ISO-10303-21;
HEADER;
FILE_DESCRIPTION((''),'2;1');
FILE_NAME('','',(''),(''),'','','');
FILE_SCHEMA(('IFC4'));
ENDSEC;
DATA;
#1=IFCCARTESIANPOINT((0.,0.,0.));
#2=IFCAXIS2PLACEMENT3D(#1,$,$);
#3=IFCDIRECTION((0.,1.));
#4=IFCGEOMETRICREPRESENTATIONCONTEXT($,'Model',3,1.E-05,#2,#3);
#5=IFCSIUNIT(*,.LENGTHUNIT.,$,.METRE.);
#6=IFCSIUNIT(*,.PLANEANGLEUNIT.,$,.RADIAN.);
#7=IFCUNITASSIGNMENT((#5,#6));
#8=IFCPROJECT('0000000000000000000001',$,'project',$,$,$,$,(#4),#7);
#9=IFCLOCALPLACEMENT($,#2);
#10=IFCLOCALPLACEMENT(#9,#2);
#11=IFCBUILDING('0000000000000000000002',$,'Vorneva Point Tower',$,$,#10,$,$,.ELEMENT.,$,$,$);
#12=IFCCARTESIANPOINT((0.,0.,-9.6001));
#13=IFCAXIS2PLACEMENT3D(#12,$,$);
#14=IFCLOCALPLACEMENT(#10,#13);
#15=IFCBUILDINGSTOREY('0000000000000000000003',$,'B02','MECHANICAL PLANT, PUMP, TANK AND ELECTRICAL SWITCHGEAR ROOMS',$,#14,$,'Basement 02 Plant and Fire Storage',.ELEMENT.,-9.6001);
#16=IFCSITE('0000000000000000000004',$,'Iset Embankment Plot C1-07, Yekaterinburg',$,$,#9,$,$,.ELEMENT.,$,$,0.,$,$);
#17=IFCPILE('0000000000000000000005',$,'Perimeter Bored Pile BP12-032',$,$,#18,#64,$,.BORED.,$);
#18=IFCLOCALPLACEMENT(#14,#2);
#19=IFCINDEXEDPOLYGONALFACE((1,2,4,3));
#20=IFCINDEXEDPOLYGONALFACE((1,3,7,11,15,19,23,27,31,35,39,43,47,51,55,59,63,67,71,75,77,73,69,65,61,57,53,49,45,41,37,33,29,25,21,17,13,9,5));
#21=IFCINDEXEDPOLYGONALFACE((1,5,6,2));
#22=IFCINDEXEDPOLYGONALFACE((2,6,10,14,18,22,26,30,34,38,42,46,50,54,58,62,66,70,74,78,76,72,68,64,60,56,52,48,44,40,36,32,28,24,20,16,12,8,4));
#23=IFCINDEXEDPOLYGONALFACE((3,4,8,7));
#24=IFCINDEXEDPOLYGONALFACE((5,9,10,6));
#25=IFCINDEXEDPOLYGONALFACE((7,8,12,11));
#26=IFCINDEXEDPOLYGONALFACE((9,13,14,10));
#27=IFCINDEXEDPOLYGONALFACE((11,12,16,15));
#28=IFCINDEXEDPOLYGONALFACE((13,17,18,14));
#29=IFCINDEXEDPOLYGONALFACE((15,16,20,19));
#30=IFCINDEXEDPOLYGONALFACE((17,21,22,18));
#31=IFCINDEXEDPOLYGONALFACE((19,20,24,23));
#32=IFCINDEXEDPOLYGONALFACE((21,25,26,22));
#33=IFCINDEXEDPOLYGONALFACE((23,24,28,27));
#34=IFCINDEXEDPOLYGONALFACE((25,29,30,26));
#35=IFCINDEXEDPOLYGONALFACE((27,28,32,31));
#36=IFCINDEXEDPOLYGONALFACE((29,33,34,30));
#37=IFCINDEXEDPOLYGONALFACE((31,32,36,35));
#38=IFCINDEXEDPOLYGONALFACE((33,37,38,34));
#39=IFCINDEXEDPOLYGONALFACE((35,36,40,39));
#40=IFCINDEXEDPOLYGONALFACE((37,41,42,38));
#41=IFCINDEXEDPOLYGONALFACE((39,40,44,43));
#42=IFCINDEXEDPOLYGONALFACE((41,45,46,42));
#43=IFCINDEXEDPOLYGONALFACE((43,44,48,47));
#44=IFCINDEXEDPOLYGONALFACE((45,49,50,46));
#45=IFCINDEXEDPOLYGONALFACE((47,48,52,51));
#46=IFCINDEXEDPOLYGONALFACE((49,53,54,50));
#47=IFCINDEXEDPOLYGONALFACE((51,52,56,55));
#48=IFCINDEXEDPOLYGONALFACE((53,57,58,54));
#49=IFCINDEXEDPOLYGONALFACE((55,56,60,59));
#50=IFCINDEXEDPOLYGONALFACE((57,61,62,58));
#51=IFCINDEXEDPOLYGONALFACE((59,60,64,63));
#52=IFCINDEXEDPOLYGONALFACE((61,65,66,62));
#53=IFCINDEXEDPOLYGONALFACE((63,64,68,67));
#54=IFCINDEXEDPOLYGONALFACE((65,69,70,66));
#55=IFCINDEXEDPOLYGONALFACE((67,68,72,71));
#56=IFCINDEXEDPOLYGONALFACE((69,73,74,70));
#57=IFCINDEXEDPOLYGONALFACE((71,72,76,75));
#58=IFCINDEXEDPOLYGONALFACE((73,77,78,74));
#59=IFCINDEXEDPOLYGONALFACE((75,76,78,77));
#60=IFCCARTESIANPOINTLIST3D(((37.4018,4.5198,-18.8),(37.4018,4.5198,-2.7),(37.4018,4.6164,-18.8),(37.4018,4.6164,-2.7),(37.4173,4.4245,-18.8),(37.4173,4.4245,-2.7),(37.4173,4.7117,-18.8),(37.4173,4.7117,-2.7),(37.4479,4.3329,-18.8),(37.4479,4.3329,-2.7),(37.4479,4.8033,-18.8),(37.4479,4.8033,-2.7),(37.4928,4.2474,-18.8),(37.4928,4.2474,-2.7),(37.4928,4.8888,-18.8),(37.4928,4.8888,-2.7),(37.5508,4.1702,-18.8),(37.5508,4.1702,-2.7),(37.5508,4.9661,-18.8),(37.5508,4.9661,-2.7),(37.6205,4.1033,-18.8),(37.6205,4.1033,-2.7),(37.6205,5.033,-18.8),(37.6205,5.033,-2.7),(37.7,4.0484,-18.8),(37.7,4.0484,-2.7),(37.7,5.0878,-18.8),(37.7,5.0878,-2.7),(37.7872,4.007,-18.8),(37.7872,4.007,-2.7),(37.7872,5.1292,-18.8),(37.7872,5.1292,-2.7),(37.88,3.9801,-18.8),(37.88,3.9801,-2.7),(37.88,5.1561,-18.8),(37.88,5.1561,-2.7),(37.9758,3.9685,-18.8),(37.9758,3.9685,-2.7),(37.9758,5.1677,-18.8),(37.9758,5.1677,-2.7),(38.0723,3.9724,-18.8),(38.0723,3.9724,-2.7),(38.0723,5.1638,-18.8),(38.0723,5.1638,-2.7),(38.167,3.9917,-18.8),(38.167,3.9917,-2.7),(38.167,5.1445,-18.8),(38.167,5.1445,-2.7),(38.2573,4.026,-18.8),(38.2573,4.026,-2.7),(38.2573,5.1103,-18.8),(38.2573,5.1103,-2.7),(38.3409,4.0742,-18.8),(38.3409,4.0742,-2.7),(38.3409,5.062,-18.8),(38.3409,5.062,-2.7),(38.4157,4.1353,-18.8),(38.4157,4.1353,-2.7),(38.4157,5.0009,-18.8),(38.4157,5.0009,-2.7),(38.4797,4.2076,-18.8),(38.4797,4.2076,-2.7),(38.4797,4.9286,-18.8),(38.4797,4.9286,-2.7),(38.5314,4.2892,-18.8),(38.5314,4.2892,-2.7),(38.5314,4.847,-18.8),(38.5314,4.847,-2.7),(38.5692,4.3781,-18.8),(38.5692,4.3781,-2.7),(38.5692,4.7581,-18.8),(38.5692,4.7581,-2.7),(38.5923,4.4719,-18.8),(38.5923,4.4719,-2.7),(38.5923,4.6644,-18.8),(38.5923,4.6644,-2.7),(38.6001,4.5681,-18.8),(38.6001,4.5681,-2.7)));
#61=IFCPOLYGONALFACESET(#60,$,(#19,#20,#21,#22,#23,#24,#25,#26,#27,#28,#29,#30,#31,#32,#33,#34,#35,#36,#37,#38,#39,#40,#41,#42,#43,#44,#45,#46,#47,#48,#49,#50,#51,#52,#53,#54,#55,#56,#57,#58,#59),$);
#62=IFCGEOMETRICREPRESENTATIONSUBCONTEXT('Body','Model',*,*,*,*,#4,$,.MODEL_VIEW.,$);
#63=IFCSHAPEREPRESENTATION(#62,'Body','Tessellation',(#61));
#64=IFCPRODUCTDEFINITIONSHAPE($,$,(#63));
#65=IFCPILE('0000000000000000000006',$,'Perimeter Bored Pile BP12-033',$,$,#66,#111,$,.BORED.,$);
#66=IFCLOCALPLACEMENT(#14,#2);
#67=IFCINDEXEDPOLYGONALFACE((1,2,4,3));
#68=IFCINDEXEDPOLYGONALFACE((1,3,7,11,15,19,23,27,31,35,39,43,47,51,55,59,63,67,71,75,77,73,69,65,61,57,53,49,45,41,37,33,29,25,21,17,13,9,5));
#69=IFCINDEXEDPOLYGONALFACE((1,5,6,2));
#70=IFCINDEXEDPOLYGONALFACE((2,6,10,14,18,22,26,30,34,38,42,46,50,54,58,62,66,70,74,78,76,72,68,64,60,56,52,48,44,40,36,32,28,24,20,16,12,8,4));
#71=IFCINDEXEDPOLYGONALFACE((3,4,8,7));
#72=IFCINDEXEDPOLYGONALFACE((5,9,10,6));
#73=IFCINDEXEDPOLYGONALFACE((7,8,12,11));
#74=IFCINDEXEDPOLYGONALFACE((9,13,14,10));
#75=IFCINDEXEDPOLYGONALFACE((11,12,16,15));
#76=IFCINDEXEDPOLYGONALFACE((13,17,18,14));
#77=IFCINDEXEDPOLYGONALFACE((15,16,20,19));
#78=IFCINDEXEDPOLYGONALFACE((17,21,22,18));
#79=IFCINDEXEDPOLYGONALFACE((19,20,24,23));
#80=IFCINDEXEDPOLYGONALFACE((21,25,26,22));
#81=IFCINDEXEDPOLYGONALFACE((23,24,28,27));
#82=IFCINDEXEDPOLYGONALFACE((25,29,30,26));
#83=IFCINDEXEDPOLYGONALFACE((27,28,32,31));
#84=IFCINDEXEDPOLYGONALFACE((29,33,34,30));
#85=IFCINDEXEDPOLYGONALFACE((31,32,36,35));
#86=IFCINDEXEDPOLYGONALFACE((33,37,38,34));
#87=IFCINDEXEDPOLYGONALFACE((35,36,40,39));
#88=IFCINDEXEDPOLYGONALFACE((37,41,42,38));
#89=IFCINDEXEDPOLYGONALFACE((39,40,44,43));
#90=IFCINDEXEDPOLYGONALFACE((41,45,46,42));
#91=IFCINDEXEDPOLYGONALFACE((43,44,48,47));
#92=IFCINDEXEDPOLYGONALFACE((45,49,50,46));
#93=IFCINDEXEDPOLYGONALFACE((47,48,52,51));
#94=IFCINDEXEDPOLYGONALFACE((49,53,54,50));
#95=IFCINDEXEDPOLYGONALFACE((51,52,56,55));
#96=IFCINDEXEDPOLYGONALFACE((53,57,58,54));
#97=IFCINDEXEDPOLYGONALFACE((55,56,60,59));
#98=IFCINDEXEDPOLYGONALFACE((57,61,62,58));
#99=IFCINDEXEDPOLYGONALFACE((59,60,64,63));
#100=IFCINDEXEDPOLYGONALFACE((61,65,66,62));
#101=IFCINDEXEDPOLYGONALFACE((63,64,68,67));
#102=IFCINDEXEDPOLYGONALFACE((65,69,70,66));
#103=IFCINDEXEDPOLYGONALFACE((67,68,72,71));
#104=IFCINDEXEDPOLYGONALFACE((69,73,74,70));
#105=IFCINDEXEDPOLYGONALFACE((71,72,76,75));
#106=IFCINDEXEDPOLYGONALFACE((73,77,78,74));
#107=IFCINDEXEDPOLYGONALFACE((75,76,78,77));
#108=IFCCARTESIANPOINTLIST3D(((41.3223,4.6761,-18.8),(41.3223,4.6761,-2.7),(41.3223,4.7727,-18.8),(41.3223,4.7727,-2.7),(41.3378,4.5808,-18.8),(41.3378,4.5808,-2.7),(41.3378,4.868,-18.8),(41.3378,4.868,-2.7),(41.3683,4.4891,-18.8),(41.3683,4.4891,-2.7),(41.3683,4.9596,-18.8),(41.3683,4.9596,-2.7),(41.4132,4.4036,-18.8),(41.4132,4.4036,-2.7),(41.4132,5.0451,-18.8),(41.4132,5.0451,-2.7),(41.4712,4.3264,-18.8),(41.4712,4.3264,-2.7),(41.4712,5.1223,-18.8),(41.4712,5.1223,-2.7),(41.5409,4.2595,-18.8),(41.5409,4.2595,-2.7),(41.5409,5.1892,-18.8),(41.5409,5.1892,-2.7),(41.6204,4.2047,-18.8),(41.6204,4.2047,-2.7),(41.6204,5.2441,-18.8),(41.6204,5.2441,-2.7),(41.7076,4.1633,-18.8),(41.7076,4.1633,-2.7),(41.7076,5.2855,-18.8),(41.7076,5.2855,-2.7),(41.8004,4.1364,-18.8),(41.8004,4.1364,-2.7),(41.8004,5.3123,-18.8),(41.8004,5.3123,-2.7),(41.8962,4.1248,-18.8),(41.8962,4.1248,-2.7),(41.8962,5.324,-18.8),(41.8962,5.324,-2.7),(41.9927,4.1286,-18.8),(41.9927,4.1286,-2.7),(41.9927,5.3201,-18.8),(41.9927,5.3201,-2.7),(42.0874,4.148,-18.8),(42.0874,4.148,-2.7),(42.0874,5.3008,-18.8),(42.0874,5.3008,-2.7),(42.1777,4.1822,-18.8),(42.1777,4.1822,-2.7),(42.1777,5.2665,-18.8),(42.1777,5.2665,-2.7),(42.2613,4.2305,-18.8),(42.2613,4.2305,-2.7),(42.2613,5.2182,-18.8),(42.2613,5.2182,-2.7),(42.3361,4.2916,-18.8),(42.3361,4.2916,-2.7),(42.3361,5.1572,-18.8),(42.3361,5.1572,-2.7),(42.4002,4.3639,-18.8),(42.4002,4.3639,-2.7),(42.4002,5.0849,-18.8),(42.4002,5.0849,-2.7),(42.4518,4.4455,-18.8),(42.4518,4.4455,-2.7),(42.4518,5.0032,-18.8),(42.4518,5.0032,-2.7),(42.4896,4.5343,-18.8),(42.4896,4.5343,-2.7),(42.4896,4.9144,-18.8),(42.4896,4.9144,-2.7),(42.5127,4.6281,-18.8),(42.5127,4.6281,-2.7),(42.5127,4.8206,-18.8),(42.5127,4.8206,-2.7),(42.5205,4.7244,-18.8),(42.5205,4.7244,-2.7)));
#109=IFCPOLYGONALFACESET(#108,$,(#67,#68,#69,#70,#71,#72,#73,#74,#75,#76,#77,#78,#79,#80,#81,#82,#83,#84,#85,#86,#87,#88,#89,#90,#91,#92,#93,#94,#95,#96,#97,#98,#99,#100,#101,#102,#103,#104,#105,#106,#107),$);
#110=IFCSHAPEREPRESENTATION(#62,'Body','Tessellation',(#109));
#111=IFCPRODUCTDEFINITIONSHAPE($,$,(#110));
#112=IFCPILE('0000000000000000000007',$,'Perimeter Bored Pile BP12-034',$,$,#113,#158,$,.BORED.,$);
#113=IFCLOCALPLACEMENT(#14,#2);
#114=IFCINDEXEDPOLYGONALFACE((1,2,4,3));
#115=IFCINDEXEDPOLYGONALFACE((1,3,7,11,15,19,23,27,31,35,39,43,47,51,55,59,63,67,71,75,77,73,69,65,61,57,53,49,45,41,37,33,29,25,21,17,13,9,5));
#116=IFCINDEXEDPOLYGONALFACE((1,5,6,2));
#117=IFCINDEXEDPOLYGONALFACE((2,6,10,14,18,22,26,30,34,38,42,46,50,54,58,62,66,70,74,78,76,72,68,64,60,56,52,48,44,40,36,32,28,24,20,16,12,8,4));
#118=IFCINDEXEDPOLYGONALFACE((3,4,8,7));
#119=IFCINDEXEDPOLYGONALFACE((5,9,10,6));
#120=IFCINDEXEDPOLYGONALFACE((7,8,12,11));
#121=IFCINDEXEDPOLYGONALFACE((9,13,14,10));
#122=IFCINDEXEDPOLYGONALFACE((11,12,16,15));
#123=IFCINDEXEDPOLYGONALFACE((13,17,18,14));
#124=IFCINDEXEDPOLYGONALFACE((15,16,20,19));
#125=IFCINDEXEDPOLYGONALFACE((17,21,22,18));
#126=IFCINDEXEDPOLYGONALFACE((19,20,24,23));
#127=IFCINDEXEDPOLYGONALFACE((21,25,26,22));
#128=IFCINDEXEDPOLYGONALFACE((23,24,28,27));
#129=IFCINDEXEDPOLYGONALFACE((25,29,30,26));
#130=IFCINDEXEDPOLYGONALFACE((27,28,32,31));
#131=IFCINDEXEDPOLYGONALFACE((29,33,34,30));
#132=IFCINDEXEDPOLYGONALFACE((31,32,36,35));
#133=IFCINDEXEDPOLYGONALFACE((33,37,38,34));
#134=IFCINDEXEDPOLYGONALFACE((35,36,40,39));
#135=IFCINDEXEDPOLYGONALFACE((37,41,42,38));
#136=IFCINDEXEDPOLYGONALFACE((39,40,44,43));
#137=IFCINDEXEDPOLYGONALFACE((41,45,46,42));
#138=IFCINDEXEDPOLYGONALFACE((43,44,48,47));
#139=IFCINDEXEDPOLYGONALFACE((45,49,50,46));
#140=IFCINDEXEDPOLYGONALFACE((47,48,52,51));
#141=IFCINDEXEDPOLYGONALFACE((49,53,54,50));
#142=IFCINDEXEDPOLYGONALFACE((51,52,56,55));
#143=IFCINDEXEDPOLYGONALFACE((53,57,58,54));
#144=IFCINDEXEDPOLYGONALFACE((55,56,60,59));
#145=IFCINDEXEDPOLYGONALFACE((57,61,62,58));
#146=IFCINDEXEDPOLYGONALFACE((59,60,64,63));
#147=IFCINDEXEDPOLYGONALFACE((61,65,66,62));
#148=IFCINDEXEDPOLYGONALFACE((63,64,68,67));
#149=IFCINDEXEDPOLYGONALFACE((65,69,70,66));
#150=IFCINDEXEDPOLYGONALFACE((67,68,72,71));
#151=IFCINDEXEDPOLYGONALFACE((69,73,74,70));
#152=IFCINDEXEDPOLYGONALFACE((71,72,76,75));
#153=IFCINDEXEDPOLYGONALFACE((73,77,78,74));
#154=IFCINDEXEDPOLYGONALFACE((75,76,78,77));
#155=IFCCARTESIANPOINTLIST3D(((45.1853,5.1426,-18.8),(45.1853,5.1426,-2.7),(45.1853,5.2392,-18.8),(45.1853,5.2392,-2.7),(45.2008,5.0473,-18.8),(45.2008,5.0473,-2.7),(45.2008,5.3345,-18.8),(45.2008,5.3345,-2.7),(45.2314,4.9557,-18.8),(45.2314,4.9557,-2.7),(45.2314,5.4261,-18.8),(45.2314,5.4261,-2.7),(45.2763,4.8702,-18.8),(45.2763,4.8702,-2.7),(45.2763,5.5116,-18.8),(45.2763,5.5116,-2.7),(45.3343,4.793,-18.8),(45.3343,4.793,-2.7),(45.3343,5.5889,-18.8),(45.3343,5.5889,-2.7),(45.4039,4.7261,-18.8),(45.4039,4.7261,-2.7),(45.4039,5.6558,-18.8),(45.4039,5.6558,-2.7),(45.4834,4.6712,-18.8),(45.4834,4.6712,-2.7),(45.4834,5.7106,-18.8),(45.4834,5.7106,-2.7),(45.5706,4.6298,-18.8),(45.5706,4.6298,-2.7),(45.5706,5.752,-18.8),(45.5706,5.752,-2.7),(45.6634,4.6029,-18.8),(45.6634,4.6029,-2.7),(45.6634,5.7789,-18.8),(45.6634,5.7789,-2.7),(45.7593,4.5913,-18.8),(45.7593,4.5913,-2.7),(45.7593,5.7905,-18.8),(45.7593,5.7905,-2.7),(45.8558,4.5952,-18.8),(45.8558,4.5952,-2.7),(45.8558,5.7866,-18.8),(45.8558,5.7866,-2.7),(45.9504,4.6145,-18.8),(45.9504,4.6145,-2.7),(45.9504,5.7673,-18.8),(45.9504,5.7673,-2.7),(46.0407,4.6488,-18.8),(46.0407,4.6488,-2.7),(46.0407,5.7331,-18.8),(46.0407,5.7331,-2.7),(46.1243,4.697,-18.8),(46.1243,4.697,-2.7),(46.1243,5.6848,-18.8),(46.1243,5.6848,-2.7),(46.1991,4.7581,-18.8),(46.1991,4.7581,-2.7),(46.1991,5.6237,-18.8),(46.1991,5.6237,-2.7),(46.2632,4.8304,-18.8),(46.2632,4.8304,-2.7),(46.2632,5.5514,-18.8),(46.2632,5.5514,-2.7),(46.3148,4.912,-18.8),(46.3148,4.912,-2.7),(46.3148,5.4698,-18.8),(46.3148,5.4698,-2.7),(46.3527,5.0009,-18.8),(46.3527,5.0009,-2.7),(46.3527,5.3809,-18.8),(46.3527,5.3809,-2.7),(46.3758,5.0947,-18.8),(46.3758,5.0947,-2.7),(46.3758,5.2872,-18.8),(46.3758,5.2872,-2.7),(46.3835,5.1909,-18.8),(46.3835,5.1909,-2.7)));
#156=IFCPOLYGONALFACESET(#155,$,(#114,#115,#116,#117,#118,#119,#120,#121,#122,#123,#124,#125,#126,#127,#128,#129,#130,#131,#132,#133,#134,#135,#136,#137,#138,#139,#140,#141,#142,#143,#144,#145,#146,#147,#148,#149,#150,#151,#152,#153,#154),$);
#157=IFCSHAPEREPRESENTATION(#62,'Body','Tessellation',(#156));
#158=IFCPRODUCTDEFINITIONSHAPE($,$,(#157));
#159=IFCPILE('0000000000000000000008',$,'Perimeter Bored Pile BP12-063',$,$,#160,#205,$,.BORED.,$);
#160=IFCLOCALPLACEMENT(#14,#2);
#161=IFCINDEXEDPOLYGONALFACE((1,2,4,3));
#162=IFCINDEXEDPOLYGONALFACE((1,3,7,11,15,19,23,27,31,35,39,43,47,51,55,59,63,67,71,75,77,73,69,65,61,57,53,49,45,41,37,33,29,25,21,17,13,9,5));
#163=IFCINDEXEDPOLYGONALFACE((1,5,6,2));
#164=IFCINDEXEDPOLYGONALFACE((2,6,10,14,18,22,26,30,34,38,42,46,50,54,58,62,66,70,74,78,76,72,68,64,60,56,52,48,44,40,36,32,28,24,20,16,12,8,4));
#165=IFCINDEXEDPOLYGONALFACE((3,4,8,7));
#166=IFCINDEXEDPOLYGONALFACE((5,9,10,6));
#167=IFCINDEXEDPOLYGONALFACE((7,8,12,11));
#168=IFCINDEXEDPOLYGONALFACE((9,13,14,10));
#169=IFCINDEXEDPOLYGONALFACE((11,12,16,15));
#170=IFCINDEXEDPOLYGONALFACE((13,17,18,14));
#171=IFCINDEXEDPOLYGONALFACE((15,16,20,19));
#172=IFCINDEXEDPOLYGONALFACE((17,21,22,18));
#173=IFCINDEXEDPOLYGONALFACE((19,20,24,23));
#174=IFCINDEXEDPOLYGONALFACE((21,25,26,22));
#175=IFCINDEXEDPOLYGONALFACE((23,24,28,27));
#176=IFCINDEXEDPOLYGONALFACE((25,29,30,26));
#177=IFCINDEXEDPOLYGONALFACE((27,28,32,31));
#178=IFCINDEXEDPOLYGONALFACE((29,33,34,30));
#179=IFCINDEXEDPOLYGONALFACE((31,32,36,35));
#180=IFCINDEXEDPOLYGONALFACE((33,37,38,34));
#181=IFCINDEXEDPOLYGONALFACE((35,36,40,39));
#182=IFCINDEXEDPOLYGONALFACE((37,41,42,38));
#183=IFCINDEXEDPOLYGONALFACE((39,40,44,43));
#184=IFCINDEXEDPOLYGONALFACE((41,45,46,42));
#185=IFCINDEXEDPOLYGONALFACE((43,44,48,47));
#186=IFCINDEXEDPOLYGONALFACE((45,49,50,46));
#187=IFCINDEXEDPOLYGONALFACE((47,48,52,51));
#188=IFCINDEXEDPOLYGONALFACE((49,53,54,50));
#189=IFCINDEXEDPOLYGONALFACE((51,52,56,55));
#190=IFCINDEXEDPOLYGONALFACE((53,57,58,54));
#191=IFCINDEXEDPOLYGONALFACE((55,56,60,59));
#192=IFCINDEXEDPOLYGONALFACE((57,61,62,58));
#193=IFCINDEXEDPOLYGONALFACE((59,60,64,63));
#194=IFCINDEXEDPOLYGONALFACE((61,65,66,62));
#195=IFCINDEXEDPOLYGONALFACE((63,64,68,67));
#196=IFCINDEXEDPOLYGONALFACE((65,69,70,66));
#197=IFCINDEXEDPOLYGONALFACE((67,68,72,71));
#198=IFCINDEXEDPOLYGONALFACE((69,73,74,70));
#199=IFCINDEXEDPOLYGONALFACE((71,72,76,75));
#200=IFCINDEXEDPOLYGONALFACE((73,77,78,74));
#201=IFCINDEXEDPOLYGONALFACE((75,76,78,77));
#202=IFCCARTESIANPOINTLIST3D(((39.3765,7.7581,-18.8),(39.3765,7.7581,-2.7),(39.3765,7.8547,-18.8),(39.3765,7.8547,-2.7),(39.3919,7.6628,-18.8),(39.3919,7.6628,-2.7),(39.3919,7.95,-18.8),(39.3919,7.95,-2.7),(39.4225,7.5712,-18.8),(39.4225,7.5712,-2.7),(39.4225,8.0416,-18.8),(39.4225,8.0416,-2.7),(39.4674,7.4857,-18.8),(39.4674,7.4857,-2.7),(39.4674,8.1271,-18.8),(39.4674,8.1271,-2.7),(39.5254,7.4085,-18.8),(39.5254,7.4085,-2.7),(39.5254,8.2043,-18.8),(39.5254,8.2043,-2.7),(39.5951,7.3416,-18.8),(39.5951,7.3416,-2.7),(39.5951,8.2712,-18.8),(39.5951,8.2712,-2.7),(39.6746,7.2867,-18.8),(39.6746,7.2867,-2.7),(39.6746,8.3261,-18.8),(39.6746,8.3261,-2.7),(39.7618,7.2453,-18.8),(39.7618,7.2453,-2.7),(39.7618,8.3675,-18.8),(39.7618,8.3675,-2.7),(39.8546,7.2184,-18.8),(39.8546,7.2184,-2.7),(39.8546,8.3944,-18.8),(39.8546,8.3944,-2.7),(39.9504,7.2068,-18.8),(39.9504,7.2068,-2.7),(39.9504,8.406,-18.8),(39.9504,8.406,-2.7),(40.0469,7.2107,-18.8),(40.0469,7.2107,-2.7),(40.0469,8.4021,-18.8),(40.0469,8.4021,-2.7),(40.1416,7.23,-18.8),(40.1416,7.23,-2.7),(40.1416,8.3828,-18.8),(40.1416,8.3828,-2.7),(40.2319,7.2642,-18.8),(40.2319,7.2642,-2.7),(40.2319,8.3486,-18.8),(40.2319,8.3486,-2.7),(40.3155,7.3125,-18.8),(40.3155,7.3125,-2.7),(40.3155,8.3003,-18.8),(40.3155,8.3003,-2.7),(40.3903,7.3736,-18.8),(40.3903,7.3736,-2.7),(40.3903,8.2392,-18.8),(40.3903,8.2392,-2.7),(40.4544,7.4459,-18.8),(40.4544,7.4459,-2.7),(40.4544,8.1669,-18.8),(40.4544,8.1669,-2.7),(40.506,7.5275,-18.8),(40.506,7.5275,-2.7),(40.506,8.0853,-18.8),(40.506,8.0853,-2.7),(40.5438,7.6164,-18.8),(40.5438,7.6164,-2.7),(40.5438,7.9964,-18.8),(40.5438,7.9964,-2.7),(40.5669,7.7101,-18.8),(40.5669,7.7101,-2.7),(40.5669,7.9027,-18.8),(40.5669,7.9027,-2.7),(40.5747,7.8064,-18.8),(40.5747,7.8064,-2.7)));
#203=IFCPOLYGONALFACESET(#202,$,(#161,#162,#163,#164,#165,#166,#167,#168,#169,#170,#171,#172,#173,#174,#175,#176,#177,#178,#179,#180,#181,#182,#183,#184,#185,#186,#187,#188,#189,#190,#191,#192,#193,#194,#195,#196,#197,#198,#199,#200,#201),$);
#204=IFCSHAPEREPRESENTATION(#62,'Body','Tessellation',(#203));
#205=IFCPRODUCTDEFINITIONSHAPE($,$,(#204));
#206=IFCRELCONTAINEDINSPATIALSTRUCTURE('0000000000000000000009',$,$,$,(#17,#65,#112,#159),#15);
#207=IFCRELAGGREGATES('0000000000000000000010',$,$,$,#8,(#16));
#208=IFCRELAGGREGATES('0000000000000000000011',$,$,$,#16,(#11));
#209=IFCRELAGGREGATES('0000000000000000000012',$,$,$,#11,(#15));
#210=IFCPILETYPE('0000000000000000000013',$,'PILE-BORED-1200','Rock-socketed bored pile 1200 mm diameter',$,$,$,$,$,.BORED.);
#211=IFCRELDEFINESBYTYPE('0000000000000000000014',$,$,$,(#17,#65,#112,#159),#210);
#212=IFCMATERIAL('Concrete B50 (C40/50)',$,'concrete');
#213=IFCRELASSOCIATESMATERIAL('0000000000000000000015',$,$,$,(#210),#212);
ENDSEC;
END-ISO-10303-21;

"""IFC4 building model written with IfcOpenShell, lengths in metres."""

from ifc_helpers import new_model, si_unit, direction, frame, origin, origin_2d, place, context, subcontext, project, spatial, circle, extrude, material, material_profile, profile_set, type_object, element, save


model = new_model("IFC4")

# Units and contexts
model_context = context("Model", 3, precision=1e-05, world=origin(), true_north=direction((0.0, 1.0)))
body_context = subcontext(model_context, "Body", "Model", "MODEL_VIEW")
ifc_project = project(units=[si_unit("LENGTHUNIT", "METRE"), si_unit("PLANEANGLEUNIT", "RADIAN")], contexts=[model_context])

# Site, building, storey
site_placement = place(None, origin())
site = spatial("IfcSite", under=ifc_project, at=site_placement, Name="Iset Embankment Plot C1-07, Yekaterinburg", CompositionType="ELEMENT", RefElevation=0.0)
building_placement = place(site_placement, origin())
building = spatial("IfcBuilding", under=site, at=building_placement, Name="Vorneva Point Tower", CompositionType="ELEMENT")
storey_placement = place(building_placement, frame((0.0, 0.0, -9.6001)))
storey = spatial("IfcBuildingStorey", under=building, at=storey_placement, Name="B02", Description="MECHANICAL PLANT, PUMP, TANK AND ELECTRICAL SWITCHGEAR ROOMS", LongName="Basement 02 Plant and Fire Storage", CompositionType="ELEMENT", Elevation=-9.6001)

# Piles
ifc_material_1 = material(Name="Concrete B50 (C40/50)", Category="concrete")
ifc_material_profile_1 = material_profile(ifc_material_1, circle(Radius=0.6001, at=origin_2d()), Name="PILE-1200")
ifc_profile_set_1 = profile_set([ifc_material_profile_1], Name="Concrete B50 (C40/50)")
pile_type_1 = type_object("IfcPileType", Name="PILE-BORED-1200", Description="Rock-socketed bored pile 1200 mm diameter", PredefinedType="BORED", material=ifc_profile_set_1)
for number, where, z_axis, x_axis, name in (
    (1, (38.0, 4.5681, -2.7), (0.0, 0.0, -1.0), (1.0, 0.0, 0.0), "Perimeter Bored Pile BP12-032"),
    (2, (41.9204, 4.7244, -2.7), (0.0, 0.0, -1.0), (1.0, 0.0, 0.0), "Perimeter Bored Pile BP12-033"),
    (3, (45.7834, 5.1909, -2.7), (0.0, 0.0, -1.0), (1.0, 0.0, 0.0), "Perimeter Bored Pile BP12-034"),
    (4, (39.9746, 7.8064, -2.7), (0.0, 0.0, -1.0), (1.0, 0.0, 0.0), "Perimeter Bored Pile BP12-063"),
):
    element("IfcPile", number, at=place(storey_placement, frame(where, z_axis=z_axis, x_axis=x_axis)), inside=storey, type_object=pile_type_1, Name=name, PredefinedType="BORED", context=body_context, shape_type="SweptSolid", body=[
        extrude(circle(Radius=0.6001, at=origin_2d()), origin(), (0.0, 0.0, 1.0), 16.1001),
    ])

save(model, "model.ifc")
